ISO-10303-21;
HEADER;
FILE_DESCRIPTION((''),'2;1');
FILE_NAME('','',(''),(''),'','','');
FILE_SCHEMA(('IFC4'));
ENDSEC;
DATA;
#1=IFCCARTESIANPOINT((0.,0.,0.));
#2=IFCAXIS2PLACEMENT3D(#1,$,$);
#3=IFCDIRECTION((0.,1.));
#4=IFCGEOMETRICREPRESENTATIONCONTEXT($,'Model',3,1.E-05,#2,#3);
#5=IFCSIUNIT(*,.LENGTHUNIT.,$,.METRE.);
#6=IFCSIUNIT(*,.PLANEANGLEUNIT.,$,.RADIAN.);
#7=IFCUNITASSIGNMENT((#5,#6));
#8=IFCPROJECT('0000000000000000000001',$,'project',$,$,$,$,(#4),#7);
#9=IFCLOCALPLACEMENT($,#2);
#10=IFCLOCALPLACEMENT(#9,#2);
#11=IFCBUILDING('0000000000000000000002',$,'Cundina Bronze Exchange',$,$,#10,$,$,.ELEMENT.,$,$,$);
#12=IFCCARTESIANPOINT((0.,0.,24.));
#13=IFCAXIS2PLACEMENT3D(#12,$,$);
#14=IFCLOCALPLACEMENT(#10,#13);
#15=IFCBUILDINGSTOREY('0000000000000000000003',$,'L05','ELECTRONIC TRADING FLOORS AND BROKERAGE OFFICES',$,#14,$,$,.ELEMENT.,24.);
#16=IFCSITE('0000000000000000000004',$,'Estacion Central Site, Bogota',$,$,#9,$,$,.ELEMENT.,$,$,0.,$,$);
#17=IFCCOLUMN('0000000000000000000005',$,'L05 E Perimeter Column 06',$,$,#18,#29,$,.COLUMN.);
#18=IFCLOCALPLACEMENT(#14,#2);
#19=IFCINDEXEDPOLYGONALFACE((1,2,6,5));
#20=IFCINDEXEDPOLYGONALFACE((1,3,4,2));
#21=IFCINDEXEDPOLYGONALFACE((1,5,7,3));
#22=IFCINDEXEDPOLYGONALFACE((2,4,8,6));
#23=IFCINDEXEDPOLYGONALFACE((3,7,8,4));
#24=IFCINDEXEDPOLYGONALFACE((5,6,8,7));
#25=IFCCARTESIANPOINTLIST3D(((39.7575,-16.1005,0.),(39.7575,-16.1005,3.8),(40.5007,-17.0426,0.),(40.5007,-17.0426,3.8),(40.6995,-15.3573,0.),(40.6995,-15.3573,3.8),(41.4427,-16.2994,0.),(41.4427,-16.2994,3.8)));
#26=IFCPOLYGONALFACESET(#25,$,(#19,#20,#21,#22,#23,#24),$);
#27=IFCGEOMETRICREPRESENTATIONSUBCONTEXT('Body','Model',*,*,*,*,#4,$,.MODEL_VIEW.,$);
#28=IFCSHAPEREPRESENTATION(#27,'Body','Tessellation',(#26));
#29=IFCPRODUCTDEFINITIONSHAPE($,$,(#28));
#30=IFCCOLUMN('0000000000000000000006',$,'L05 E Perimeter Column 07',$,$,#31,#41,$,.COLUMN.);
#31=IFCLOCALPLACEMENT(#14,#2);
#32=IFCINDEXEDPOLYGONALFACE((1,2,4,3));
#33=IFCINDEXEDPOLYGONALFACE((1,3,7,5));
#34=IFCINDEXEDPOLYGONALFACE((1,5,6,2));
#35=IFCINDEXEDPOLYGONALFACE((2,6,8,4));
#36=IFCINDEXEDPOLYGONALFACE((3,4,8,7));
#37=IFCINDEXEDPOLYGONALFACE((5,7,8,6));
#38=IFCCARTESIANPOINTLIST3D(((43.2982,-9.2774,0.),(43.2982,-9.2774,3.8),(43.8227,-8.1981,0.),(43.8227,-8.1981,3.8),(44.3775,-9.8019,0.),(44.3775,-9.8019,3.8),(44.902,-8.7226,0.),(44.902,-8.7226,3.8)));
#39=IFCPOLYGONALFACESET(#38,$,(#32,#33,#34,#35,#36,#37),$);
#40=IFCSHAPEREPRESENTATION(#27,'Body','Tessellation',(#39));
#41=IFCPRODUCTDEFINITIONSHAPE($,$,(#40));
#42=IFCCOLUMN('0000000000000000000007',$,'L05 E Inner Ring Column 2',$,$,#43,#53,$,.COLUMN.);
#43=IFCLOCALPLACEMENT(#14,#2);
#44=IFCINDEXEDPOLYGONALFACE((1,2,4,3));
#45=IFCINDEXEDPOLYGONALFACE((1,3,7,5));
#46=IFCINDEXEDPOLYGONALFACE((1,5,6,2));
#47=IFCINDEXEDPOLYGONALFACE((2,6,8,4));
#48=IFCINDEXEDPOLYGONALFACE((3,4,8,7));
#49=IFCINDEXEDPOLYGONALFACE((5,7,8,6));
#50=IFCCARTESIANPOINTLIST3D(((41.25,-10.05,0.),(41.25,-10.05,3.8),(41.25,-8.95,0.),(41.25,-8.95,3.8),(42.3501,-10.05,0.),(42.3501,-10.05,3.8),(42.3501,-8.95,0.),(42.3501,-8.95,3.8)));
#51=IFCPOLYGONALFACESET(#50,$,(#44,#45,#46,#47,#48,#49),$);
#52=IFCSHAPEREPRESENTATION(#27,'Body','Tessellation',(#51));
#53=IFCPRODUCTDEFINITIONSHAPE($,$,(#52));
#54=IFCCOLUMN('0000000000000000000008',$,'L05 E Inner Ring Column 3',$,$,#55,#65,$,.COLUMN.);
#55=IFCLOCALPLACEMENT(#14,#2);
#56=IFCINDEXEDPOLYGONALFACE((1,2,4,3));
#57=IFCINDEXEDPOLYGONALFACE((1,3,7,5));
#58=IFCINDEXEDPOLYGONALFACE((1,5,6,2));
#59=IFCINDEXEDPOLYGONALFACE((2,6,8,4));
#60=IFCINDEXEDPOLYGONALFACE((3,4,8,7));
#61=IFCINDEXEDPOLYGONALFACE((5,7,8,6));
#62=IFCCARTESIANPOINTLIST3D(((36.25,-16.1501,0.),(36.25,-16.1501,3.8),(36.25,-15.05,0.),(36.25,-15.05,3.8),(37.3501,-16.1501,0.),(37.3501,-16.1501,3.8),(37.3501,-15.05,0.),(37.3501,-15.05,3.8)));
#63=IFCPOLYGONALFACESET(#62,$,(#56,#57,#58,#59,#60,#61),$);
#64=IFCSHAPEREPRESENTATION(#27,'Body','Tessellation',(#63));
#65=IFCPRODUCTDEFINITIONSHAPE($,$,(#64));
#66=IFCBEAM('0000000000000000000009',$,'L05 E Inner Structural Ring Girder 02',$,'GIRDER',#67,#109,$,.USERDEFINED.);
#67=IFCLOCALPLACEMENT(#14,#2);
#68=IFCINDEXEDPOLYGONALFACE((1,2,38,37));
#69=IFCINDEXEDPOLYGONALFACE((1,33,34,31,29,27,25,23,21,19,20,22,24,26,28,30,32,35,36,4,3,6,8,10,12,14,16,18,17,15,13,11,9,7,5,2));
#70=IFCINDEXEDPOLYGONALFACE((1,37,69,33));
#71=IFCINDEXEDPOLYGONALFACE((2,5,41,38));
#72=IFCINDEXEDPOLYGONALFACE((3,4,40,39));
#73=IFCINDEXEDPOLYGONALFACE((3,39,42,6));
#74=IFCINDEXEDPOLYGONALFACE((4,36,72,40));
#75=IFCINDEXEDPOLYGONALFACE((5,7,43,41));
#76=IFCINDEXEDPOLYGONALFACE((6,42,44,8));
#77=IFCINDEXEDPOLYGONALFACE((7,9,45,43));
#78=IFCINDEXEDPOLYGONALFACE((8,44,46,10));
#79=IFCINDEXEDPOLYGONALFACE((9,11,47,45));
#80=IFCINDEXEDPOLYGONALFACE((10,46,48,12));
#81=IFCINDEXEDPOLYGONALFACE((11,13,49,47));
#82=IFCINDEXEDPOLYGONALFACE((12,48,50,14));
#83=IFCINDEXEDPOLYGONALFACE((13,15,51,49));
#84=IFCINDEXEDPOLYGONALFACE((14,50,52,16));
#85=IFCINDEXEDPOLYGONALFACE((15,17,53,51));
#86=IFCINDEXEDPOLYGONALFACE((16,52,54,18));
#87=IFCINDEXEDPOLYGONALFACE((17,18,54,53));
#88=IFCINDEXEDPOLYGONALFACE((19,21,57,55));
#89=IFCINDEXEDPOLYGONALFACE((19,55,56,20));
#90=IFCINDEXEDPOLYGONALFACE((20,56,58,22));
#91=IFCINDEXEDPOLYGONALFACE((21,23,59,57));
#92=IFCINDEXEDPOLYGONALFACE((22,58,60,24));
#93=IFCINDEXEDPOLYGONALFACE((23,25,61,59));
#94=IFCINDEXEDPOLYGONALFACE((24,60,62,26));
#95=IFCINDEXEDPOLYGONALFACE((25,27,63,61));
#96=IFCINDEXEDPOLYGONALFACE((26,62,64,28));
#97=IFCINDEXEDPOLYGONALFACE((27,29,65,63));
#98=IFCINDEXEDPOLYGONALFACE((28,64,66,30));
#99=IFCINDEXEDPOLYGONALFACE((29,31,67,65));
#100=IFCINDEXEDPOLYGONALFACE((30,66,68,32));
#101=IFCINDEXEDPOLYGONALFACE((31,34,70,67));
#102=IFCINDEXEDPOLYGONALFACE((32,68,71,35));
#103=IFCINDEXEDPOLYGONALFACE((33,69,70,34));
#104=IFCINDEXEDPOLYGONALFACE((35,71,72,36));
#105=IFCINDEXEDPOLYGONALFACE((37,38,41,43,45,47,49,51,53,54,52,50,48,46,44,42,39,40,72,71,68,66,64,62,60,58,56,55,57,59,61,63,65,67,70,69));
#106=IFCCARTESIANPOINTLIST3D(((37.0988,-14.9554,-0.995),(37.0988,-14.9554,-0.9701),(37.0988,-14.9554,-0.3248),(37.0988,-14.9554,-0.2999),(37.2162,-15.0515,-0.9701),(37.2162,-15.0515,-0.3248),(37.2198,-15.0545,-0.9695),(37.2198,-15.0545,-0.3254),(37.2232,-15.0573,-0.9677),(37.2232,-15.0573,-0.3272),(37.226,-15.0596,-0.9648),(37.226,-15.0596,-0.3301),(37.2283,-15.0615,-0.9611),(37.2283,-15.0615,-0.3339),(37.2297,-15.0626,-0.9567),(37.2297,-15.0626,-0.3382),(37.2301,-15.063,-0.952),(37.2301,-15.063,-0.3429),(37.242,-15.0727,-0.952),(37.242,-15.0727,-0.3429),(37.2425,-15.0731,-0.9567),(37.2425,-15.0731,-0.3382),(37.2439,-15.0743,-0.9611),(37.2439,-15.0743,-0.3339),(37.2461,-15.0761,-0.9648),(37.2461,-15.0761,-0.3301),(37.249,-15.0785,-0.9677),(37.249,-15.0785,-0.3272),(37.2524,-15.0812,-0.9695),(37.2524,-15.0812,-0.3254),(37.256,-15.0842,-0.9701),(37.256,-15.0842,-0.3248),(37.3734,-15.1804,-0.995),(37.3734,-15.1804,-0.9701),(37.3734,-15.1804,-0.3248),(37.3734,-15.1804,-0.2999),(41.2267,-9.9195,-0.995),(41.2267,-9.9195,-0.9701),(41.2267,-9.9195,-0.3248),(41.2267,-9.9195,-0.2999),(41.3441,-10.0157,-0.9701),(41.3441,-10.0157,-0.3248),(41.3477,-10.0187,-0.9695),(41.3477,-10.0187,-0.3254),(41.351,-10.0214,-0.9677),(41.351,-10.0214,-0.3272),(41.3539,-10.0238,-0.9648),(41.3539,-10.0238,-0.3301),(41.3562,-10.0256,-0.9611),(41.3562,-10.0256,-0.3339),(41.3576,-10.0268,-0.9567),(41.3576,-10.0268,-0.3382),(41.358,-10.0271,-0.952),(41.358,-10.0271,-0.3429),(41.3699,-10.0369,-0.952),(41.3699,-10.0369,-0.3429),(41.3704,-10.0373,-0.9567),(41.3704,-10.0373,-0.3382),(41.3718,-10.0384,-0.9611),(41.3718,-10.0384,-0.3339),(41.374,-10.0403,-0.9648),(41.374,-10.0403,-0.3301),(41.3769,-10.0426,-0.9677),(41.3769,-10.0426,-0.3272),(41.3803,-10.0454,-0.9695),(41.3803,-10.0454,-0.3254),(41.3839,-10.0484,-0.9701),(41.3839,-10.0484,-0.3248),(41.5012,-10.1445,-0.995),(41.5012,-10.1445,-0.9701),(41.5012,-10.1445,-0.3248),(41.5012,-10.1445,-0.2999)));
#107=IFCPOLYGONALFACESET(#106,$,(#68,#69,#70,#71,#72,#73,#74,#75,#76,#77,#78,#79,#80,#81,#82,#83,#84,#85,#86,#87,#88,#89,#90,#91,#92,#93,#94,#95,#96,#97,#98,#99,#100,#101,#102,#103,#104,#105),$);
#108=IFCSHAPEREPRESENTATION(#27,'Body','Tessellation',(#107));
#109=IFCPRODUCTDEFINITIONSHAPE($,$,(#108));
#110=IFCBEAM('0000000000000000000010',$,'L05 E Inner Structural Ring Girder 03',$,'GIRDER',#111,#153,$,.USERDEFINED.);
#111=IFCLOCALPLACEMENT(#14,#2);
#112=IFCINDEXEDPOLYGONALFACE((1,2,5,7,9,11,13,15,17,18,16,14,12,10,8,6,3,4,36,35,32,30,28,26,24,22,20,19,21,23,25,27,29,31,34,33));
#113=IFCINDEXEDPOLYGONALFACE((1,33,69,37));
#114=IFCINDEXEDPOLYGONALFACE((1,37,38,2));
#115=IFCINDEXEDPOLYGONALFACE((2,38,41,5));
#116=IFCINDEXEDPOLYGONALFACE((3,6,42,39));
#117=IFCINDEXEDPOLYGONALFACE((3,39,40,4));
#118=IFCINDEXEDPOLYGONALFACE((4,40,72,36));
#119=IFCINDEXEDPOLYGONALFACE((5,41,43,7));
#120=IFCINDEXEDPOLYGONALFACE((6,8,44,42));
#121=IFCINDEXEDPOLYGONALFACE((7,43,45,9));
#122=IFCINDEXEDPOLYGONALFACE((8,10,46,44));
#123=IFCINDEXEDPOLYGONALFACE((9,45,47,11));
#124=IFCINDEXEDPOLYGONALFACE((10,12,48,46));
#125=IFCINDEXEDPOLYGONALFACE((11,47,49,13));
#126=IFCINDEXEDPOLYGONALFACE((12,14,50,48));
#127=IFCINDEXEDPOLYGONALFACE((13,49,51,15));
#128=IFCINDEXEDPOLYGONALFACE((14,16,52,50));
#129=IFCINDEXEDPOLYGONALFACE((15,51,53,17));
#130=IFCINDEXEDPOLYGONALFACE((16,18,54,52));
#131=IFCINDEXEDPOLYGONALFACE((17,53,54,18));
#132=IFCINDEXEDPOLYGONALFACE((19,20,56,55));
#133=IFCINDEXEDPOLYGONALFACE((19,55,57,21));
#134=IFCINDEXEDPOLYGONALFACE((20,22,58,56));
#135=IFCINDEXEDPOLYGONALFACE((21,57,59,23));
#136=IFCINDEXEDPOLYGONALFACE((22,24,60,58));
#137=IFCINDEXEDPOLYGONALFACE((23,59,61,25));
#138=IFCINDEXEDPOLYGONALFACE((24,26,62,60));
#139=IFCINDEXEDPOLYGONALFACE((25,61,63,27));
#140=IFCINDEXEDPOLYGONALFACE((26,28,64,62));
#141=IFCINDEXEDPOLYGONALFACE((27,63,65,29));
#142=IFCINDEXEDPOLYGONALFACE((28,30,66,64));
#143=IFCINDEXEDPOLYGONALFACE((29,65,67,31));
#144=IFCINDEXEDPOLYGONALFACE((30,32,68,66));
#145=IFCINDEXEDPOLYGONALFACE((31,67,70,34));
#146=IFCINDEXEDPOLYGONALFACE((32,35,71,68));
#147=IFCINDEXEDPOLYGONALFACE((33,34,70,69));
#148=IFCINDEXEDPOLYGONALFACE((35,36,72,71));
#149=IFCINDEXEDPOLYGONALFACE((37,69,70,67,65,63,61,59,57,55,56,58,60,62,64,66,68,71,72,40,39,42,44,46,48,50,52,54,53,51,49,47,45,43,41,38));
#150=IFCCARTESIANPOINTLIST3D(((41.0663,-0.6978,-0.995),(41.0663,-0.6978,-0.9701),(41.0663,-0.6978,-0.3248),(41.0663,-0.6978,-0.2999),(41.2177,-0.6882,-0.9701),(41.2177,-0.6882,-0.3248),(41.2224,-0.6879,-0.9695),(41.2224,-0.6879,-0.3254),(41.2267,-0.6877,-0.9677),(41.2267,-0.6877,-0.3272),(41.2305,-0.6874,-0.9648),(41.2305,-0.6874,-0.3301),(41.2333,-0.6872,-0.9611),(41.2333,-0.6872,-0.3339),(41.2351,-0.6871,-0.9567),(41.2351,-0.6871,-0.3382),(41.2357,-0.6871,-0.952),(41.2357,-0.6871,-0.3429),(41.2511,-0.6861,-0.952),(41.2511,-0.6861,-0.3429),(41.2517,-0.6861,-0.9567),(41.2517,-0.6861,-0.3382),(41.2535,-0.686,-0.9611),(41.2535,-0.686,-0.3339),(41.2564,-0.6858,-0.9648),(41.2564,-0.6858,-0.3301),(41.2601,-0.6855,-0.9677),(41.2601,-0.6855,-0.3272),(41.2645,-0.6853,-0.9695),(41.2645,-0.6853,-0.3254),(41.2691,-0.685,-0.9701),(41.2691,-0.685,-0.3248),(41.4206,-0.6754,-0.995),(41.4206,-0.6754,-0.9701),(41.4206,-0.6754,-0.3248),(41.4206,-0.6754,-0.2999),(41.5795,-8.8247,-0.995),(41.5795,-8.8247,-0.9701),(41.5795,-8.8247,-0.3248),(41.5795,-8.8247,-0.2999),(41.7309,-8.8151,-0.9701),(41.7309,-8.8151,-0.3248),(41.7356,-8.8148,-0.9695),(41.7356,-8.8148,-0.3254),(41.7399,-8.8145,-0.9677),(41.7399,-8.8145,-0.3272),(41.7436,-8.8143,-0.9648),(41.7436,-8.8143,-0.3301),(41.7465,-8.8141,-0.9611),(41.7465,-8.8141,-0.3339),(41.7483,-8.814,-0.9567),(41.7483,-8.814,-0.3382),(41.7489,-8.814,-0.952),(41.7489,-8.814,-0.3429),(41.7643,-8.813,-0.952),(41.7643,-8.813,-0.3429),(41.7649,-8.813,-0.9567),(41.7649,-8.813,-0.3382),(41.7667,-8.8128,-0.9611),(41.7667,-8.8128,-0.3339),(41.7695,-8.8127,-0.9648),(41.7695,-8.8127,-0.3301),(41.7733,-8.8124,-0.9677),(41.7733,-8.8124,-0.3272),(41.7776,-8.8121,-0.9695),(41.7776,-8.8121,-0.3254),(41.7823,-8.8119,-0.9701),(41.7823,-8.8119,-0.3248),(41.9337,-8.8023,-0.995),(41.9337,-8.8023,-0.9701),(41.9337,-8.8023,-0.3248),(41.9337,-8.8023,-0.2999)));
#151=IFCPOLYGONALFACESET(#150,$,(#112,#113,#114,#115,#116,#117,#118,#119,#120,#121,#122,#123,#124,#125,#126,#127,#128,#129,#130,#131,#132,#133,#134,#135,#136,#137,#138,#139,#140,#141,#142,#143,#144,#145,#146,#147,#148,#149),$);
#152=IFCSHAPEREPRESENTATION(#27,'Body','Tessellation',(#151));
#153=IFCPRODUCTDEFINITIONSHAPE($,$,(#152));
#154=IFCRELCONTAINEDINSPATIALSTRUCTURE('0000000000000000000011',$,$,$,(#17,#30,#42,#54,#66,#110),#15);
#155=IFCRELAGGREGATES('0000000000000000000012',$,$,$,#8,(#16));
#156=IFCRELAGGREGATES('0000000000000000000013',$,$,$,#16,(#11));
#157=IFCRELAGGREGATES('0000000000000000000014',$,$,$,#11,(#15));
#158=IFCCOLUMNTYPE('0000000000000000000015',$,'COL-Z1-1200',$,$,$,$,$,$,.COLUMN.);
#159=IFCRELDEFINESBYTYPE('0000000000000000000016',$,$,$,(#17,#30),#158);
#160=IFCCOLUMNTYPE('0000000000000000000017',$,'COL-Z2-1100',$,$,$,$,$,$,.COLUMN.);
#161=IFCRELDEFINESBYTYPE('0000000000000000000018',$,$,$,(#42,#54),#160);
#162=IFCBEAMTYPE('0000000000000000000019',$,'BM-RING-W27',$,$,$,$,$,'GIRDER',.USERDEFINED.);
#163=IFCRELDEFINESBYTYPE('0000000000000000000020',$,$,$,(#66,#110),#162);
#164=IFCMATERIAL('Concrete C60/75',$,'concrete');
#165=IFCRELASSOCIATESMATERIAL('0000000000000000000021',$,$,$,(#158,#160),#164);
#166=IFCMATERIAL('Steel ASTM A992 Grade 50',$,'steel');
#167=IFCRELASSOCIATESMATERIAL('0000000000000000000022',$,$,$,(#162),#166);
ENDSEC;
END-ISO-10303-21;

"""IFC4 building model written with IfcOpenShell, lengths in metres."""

from ifc_helpers import new_model, si_unit, direction, frame, origin, origin_2d, place, context, subcontext, project, spatial, rectangle, i_section, extrude, material, material_profile, profile_set, type_object, element, save


model = new_model("IFC4")

# Units and contexts
model_context = context("Model", 3, precision=1e-05, world=origin(), true_north=direction((0.0, 1.0)))
body_context = subcontext(model_context, "Body", "Model", "MODEL_VIEW")
ifc_project = project(units=[si_unit("LENGTHUNIT", "METRE"), si_unit("PLANEANGLEUNIT", "RADIAN")], contexts=[model_context])

# Site, building, storey
site_placement = place(None, origin())
site = spatial("IfcSite", under=ifc_project, at=site_placement, Name="Estacion Central Site, Bogota", CompositionType="ELEMENT", RefElevation=0.0)
building_placement = place(site_placement, origin())
building = spatial("IfcBuilding", under=site, at=building_placement, Name="Cundina Bronze Exchange", CompositionType="ELEMENT")
storey_placement = place(building_placement, frame((0.0, 0.0, 24.0)))
storey = spatial("IfcBuildingStorey", under=building, at=storey_placement, Name="L05", Description="ELECTRONIC TRADING FLOORS AND BROKERAGE OFFICES", CompositionType="ELEMENT", Elevation=24.0)

# Columns
ifc_material_1 = material(Name="Concrete C60/75", Category="concrete")
ifc_material_profile_1 = material_profile(ifc_material_1, rectangle(XDim=1.2, YDim=1.2, at=origin_2d()), Name="RC1200X1200", Category="concrete")
ifc_profile_set_1 = profile_set([ifc_material_profile_1], Name="Concrete C60/75")
column_type_1 = type_object("IfcColumnType", Name="COL-Z1-1200", PredefinedType="COLUMN", material=ifc_profile_set_1)
for number, where, z_axis, x_axis, name in (
    (1, (40.6001, -16.2, 0.0), (0.0, 0.0, 1.0), (0.785101, 0.619368, 0.0), "L05 E Perimeter Column 06"),
    (2, (44.1001, -9.0, 0.0), (0.0, 0.0, 1.0), (0.437116, 0.899405, 0.0), "L05 E Perimeter Column 07"),
):
    element("IfcColumn", number, at=place(storey_placement, frame(where, z_axis=z_axis, x_axis=x_axis)), inside=storey, type_object=column_type_1, Name=name, PredefinedType="COLUMN", context=body_context, shape_type="SweptSolid", body=[
        extrude(rectangle(XDim=1.2, YDim=1.2, at=origin_2d()), origin(), (0.0, 0.0, 1.0), 3.8),
    ])
ifc_material_profile_2 = material_profile(ifc_material_1, rectangle(XDim=1.1001, YDim=1.1001, at=origin_2d()), Name="RC1100X1100", Category="concrete")
ifc_profile_set_2 = profile_set([ifc_material_profile_2], Name="Concrete C60/75")
column_type_2 = type_object("IfcColumnType", Name="COL-Z2-1100", PredefinedType="COLUMN", material=ifc_profile_set_2)
for number, where, z_axis, x_axis, name in (
    (3, (41.8, -9.5, 0.0), (0.0, 0.0, 1.0), (1.0, 0.0, 0.0), "L05 E Inner Ring Column 2"),
    (4, (36.8, -15.6001, 0.0), (0.0, 0.0, 1.0), (1.0, 0.0, 0.0), "L05 E Inner Ring Column 3"),
):
    element("IfcColumn", number, at=place(storey_placement, frame(where, z_axis=z_axis, x_axis=x_axis)), inside=storey, type_object=column_type_2, Name=name, PredefinedType="COLUMN", context=body_context, shape_type="SweptSolid", body=[
        extrude(rectangle(XDim=1.1001, YDim=1.1001, at=origin_2d()), origin(), (0.0, 0.0, 1.0), 3.8),
    ])

# Beams
ifc_material_2 = material(Name="Steel ASTM A992 Grade 50", Category="steel")
ifc_material_profile_3 = material_profile(ifc_material_2, i_section(OverallWidth=0.355, OverallDepth=0.6951, WebThickness=0.0154, FlangeThickness=0.0249, FilletRadius=0.0181, at=origin_2d()), Name="W27X146", Category="steel")
ifc_profile_set_3 = profile_set([ifc_material_profile_3], Name="Steel ASTM A992 Grade 50")
beam_type_1 = type_object("IfcBeamType", Name="BM-RING-W27", ElementType="GIRDER", PredefinedType="USERDEFINED", material=ifc_profile_set_3)
beam_1_placement = place(storey_placement, frame((37.2361, -15.0679, -0.6475), z_axis=(0.633942, 0.773381, 0.0), x_axis=(-0.773381, 0.633942, 0.0)))
element("IfcBeam", 5, at=beam_1_placement, inside=storey, type_object=beam_type_1, Name="L05 E Inner Structural Ring Girder 02", ObjectType="GIRDER", PredefinedType="USERDEFINED", context=body_context, shape_type="SweptSolid", body=[
    extrude(i_section(OverallWidth=0.355, OverallDepth=0.6951, WebThickness=0.0154, FlangeThickness=0.0249, FilletRadius=0.0181, at=origin_2d()), origin(), (0.0, 0.0, 1.0), 6.5115),
])
beam_2_placement = place(storey_placement, frame((41.7566, -8.8135, -0.6475), z_axis=(-0.06302, 0.998012, 0.0), x_axis=(-0.998012, -0.06302, 0.0)))
element("IfcBeam", 6, at=beam_2_placement, inside=storey, type_object=beam_type_1, Name="L05 E Inner Structural Ring Girder 03", ObjectType="GIRDER", PredefinedType="USERDEFINED", context=body_context, shape_type="SweptSolid", body=[
    extrude(i_section(OverallWidth=0.355, OverallDepth=0.6951, WebThickness=0.0154, FlangeThickness=0.0249, FilletRadius=0.0181, at=origin_2d()), origin(), (0.0, 0.0, 1.0), 8.1431),
])

save(model, "model.ifc")
